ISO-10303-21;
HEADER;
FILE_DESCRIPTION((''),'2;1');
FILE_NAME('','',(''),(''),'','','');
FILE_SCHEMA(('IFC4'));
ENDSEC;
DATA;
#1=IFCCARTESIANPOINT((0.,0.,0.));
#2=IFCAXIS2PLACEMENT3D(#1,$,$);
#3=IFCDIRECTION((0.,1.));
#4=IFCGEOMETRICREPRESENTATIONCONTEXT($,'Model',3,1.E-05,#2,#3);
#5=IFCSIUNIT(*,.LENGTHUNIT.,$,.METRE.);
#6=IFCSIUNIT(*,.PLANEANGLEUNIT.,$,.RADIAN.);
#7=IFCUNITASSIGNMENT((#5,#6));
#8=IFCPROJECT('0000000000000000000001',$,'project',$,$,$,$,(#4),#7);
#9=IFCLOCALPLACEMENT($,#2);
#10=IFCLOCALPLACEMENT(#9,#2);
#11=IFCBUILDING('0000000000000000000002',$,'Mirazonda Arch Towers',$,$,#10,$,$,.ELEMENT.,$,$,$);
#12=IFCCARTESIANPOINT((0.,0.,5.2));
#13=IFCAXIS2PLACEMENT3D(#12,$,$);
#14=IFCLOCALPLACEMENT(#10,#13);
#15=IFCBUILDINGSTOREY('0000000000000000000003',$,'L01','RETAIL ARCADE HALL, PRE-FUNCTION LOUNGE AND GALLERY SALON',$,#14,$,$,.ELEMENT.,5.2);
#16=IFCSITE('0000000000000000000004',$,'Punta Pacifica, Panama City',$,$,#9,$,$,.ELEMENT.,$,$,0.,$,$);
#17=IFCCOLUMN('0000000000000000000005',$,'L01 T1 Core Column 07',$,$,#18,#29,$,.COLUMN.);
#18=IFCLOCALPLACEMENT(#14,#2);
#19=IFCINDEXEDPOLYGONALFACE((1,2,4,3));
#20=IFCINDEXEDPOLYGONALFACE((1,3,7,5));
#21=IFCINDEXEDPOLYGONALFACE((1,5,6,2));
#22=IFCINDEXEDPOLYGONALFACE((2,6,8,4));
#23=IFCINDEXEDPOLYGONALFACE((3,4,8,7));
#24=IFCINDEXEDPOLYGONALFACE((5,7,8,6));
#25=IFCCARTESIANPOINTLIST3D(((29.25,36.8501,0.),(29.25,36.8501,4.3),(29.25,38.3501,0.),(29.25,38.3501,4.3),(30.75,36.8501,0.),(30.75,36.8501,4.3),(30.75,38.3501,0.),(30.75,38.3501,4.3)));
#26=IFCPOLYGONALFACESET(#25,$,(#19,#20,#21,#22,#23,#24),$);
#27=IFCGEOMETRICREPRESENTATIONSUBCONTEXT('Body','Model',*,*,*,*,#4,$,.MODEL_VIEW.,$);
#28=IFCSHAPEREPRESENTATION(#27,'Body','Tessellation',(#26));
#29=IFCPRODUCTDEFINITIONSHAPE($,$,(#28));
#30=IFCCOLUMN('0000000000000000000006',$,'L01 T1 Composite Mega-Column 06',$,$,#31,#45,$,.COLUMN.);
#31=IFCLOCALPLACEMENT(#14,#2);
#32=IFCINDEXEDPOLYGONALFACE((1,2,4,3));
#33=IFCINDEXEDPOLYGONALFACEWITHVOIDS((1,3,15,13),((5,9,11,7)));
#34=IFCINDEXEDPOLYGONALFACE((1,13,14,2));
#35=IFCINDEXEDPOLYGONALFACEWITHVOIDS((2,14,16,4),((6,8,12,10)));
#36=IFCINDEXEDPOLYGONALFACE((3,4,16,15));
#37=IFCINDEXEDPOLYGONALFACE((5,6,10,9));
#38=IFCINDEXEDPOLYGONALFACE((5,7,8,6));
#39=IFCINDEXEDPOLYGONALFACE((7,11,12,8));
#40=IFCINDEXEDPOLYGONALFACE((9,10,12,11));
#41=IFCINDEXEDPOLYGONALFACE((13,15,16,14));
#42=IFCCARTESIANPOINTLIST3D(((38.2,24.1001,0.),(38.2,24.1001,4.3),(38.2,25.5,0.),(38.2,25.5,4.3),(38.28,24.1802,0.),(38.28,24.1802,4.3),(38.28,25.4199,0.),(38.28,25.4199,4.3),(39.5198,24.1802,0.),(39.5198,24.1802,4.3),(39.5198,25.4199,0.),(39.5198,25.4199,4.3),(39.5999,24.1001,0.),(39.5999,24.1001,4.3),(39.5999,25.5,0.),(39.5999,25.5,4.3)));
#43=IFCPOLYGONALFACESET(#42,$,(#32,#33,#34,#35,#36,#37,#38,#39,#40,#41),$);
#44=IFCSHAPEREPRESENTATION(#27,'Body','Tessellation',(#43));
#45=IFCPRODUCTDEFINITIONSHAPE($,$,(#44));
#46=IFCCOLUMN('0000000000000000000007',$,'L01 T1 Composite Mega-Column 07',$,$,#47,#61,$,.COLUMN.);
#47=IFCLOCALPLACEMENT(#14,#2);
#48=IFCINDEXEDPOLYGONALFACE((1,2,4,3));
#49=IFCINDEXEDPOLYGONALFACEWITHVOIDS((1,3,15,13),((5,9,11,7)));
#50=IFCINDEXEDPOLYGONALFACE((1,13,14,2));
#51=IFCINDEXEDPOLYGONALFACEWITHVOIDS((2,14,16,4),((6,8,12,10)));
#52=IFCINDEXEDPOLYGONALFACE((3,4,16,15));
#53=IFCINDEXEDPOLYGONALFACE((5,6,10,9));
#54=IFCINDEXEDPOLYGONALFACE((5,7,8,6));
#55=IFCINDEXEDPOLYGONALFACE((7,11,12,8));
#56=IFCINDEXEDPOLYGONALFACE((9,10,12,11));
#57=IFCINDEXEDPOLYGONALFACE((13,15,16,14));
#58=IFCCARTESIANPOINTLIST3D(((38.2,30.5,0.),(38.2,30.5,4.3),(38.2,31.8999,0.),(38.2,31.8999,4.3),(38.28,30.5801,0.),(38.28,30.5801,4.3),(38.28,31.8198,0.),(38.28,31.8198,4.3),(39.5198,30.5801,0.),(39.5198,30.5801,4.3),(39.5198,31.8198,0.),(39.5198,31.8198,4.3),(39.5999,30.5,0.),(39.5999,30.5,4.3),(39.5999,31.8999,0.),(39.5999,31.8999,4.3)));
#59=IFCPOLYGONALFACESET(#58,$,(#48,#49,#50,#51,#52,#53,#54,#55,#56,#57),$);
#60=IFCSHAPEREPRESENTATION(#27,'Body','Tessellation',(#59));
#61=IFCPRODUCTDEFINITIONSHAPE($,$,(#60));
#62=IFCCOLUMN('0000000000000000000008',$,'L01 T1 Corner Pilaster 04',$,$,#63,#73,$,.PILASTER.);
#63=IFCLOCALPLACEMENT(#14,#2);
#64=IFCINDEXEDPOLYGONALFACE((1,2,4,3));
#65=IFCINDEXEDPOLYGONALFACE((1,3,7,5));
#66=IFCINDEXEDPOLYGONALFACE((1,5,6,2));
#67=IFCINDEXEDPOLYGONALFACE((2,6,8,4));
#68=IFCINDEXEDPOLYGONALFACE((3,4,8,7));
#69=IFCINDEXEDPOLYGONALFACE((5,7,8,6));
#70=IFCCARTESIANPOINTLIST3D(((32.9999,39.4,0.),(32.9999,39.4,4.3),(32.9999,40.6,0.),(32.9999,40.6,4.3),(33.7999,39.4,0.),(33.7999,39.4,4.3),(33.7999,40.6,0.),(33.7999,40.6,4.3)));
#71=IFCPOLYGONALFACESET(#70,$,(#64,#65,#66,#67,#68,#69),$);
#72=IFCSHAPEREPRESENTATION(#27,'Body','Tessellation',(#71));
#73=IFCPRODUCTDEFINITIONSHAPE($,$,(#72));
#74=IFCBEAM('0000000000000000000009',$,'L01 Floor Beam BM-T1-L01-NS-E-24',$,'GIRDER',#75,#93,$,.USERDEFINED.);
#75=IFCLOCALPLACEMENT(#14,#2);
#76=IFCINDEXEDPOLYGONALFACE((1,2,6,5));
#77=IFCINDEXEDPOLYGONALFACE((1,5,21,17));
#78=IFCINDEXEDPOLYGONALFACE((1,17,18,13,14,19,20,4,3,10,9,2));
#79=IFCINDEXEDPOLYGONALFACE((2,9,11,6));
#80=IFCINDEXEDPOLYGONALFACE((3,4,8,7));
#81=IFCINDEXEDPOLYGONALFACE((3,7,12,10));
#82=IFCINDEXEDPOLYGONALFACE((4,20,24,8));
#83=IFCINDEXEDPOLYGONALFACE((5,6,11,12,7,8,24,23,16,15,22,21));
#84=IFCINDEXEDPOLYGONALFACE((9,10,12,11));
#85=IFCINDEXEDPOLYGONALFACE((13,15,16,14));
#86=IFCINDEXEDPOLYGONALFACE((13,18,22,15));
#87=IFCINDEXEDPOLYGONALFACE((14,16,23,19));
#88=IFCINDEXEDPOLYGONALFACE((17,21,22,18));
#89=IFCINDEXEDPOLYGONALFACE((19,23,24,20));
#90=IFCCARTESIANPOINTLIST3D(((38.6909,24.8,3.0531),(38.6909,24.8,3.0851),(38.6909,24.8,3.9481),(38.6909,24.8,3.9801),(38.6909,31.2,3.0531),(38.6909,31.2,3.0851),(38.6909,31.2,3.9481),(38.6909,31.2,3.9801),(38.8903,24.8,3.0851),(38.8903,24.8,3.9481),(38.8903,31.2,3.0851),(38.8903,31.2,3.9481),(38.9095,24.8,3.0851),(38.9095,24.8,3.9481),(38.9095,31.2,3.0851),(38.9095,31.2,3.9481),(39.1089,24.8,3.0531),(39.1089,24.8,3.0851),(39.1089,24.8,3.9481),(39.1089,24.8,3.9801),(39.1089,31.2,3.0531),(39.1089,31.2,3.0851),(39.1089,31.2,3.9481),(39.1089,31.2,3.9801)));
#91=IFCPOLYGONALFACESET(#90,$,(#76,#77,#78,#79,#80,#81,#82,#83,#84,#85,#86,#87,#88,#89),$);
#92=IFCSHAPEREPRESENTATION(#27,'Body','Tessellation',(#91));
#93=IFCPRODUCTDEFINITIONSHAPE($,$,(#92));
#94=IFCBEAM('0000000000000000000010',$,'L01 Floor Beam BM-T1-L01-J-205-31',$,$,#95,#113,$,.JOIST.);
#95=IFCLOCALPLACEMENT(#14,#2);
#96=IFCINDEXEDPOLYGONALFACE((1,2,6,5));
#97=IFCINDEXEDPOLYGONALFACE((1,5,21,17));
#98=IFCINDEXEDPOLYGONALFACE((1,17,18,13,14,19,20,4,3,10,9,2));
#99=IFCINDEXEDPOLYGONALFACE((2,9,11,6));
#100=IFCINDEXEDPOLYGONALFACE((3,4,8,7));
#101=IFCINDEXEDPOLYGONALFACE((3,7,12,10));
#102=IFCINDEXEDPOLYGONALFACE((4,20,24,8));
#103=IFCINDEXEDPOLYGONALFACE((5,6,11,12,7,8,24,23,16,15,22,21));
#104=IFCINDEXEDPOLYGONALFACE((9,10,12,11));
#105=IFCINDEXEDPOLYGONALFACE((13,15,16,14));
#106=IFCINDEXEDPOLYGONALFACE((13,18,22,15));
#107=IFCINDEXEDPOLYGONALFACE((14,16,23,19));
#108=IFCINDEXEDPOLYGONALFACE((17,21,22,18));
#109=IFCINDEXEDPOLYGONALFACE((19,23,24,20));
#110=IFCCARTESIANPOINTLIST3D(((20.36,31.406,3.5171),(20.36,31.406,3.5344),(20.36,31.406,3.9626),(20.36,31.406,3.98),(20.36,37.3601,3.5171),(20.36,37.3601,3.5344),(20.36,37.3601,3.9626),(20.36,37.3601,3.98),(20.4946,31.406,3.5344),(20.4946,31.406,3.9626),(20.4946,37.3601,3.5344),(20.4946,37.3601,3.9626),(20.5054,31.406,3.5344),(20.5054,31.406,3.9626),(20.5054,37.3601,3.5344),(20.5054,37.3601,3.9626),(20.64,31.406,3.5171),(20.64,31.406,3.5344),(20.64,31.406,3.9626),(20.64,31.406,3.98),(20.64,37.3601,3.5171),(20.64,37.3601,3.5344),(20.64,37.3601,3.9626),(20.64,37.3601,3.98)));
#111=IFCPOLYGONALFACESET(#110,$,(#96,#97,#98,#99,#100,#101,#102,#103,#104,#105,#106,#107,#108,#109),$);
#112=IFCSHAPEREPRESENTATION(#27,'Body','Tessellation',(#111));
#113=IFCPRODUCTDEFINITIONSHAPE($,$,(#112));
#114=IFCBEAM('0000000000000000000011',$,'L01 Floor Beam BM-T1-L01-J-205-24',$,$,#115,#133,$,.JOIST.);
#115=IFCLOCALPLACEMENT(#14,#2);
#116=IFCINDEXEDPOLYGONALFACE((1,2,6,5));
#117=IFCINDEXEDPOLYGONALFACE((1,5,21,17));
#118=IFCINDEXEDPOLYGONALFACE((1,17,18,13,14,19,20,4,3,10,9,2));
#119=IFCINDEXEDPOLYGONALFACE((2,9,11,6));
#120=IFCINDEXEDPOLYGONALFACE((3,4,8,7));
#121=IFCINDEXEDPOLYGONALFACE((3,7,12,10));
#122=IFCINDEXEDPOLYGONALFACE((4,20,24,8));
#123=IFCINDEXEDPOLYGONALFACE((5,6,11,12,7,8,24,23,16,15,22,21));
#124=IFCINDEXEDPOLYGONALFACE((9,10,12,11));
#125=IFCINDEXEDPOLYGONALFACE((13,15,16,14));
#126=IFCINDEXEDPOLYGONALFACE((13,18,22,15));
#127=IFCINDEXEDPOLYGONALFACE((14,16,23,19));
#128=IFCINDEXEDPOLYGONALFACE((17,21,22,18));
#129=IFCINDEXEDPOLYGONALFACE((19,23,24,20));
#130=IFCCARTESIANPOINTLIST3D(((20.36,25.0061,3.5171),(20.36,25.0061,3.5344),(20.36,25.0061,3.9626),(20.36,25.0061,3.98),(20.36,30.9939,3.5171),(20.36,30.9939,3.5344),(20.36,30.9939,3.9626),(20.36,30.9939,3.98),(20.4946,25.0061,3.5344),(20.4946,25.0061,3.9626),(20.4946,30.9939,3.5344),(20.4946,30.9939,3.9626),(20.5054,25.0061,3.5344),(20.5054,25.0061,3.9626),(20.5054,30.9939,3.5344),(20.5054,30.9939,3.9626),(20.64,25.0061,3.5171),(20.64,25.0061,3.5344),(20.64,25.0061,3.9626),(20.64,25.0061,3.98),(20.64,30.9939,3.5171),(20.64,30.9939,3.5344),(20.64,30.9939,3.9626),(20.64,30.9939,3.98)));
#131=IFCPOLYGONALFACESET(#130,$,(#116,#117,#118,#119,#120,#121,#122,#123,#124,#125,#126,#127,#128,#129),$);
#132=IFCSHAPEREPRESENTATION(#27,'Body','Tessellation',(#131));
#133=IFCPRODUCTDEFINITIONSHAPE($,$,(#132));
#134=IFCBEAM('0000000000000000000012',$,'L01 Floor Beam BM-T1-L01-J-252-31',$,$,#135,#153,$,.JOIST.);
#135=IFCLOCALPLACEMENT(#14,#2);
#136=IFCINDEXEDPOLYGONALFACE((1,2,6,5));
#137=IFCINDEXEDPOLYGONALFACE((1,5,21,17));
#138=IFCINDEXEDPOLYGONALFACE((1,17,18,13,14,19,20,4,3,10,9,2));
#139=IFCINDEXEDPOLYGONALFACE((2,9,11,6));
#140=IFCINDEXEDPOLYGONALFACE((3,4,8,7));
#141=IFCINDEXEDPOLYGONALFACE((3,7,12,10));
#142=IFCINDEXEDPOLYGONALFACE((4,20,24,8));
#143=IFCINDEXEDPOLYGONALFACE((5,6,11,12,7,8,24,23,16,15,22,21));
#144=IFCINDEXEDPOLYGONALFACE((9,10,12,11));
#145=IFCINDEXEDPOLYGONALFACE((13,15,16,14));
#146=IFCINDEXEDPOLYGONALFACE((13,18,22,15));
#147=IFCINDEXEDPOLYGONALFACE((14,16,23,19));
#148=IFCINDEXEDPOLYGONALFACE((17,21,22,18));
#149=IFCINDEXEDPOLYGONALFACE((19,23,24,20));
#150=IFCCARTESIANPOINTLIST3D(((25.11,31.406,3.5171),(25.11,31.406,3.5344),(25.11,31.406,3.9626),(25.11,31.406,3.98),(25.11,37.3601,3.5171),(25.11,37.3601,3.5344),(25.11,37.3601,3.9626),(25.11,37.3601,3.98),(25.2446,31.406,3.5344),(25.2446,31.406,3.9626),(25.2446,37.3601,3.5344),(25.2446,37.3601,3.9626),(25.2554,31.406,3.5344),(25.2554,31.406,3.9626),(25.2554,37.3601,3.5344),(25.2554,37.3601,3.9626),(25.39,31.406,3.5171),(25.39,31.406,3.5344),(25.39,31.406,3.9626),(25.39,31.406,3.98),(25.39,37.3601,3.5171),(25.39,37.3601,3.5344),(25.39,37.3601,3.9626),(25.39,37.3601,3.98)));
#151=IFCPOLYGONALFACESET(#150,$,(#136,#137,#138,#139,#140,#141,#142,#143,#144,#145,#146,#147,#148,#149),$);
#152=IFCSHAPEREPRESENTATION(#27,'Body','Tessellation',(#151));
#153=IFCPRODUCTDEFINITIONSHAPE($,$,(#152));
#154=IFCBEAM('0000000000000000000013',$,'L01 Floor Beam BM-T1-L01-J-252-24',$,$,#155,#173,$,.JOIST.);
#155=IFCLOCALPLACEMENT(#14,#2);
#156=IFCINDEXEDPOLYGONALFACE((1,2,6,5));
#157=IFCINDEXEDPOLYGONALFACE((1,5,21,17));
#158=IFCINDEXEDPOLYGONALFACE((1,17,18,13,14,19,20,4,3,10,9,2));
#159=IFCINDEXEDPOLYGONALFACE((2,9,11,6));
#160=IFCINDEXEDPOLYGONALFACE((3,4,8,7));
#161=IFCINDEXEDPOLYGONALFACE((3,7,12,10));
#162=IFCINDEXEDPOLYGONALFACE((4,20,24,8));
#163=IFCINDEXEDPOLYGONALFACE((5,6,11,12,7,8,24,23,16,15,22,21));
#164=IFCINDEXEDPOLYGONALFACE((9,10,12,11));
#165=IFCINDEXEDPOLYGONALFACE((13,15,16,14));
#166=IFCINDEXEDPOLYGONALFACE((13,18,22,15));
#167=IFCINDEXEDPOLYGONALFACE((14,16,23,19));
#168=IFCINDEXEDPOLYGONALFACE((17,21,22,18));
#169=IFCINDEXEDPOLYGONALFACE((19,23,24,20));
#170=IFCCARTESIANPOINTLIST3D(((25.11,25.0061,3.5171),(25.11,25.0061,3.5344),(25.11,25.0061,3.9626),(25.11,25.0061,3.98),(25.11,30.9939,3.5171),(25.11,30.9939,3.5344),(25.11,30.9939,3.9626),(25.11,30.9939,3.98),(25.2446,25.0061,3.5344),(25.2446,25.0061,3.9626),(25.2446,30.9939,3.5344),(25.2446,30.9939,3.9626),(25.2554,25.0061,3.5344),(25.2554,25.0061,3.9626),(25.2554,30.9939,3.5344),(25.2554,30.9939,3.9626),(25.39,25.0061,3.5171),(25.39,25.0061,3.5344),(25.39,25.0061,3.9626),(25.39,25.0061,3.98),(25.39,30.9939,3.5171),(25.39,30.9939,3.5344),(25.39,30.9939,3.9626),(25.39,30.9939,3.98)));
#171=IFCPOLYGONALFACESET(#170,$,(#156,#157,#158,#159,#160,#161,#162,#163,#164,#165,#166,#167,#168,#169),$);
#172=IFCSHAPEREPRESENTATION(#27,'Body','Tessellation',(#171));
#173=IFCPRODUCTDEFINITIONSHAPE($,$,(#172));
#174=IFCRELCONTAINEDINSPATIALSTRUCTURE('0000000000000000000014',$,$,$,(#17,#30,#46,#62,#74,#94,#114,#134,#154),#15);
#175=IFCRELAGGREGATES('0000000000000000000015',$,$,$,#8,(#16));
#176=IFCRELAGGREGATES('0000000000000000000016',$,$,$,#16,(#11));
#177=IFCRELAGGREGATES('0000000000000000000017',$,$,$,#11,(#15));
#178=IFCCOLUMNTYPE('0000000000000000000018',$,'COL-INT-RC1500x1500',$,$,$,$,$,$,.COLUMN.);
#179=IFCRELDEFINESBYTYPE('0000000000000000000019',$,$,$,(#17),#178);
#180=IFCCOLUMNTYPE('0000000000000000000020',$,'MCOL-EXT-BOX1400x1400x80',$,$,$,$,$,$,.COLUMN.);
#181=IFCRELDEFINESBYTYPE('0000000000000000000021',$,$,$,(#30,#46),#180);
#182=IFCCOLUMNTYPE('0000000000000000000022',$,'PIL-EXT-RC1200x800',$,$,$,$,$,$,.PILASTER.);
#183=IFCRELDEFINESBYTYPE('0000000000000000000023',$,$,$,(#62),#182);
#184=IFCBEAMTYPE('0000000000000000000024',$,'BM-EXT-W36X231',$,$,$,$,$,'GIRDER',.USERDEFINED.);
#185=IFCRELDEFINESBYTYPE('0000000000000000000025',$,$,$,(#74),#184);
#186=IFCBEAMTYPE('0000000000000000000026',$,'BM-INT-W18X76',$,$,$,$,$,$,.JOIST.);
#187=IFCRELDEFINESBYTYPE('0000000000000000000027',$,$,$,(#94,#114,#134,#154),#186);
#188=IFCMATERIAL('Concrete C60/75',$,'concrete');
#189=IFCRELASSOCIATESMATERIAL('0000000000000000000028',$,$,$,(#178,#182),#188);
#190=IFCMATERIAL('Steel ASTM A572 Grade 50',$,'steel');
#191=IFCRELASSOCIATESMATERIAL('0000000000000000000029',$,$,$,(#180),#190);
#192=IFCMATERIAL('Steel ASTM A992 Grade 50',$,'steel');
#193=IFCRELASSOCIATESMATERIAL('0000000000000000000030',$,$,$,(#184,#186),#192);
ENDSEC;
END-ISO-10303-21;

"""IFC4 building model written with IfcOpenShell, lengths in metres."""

from ifc_helpers import new_model, si_unit, direction, frame, origin, origin_2d, place, context, subcontext, project, spatial, rectangle, hollow_rectangle, i_section, extrude, material, material_profile, profile_set, type_object, element, save


model = new_model("IFC4")

# Units and contexts
model_context = context("Model", 3, precision=1e-05, world=origin(), true_north=direction((0.0, 1.0)))
body_context = subcontext(model_context, "Body", "Model", "MODEL_VIEW")
ifc_project = project(units=[si_unit("LENGTHUNIT", "METRE"), si_unit("PLANEANGLEUNIT", "RADIAN")], contexts=[model_context])

# Site, building, storey
site_placement = place(None, origin())
site = spatial("IfcSite", under=ifc_project, at=site_placement, Name="Punta Pacifica, Panama City", CompositionType="ELEMENT", RefElevation=0.0)
building_placement = place(site_placement, origin())
building = spatial("IfcBuilding", under=site, at=building_placement, Name="Mirazonda Arch Towers", CompositionType="ELEMENT")
storey_placement = place(building_placement, frame((0.0, 0.0, 5.2)))
storey = spatial("IfcBuildingStorey", under=building, at=storey_placement, Name="L01", Description="RETAIL ARCADE HALL, PRE-FUNCTION LOUNGE AND GALLERY SALON", CompositionType="ELEMENT", Elevation=5.2)

# Columns
ifc_material_1 = material(Name="Concrete C60/75", Category="concrete")
ifc_material_profile_1 = material_profile(ifc_material_1, rectangle(XDim=1.5, YDim=1.5, at=origin_2d()), Name="RC1500x1500")
ifc_profile_set_1 = profile_set([ifc_material_profile_1], Name="Concrete C60/75")
column_type_1 = type_object("IfcColumnType", Name="COL-INT-RC1500x1500", PredefinedType="COLUMN", material=ifc_profile_set_1)
column_1_placement = place(storey_placement, frame((30.0, 37.6001, 0.0), z_axis=(0.0, 0.0, 1.0), x_axis=(1.0, 0.0, 0.0)))
element("IfcColumn", 1, at=column_1_placement, inside=storey, type_object=column_type_1, Name="L01 T1 Core Column 07", PredefinedType="COLUMN", context=body_context, shape_type="SweptSolid", body=[
    extrude(rectangle(XDim=1.5, YDim=1.5, at=origin_2d()), origin(), (0.0, 0.0, 1.0), 4.3),
])
ifc_material_2 = material(Name="Steel ASTM A572 Grade 50", Category="steel")
ifc_material_profile_2 = material_profile(ifc_material_2, hollow_rectangle(XDim=1.3999, YDim=1.3999, WallThickness=0.0801, at=origin_2d()), Name="BOX1400x1400x80")
ifc_profile_set_2 = profile_set([ifc_material_profile_2], Name="Steel ASTM A572 Grade 50")
column_type_2 = type_object("IfcColumnType", Name="MCOL-EXT-BOX1400x1400x80", PredefinedType="COLUMN", material=ifc_profile_set_2)
for number, where, z_axis, x_axis, name in (
    (2, (38.8999, 24.8, 0.0), (0.0, 0.0, 1.0), (1.0, 0.0, 0.0), "L01 T1 Composite Mega-Column 06"),
    (3, (38.8999, 31.2, 0.0), (0.0, 0.0, 1.0), (1.0, 0.0, 0.0), "L01 T1 Composite Mega-Column 07"),
):
    element("IfcColumn", number, at=place(storey_placement, frame(where, z_axis=z_axis, x_axis=x_axis)), inside=storey, type_object=column_type_2, Name=name, PredefinedType="COLUMN", context=body_context, shape_type="SweptSolid", body=[
        extrude(hollow_rectangle(XDim=1.3999, YDim=1.3999, WallThickness=0.0801, at=origin_2d()), origin(), (0.0, 0.0, 1.0), 4.3),
    ])
ifc_material_profile_3 = material_profile(ifc_material_1, rectangle(XDim=0.8, YDim=1.2, at=origin_2d()), Name="RC1200x800")
ifc_profile_set_3 = profile_set([ifc_material_profile_3], Name="Concrete C60/75")
column_type_3 = type_object("IfcColumnType", Name="PIL-EXT-RC1200x800", PredefinedType="PILASTER", material=ifc_profile_set_3)
column_2_placement = place(storey_placement, frame((33.3999, 40.0, 0.0), z_axis=(0.0, 0.0, 1.0), x_axis=(1.0, 0.0, 0.0)))
element("IfcColumn", 4, at=column_2_placement, inside=storey, type_object=column_type_3, Name="L01 T1 Corner Pilaster 04", PredefinedType="PILASTER", context=body_context, shape_type="SweptSolid", body=[
    extrude(rectangle(XDim=0.8, YDim=1.2, at=origin_2d()), origin(), (0.0, 0.0, 1.0), 4.3),
])

# Beams
ifc_material_3 = material(Name="Steel ASTM A992 Grade 50", Category="steel")
ifc_material_profile_4 = material_profile(ifc_material_3, i_section(OverallWidth=0.418, OverallDepth=0.927, WebThickness=0.0193, FlangeThickness=0.032, at=origin_2d()), Name="W36X231")
ifc_profile_set_4 = profile_set([ifc_material_profile_4], Name="Steel ASTM A992 Grade 50")
beam_type_1 = type_object("IfcBeamType", Name="BM-EXT-W36X231", ElementType="GIRDER", PredefinedType="USERDEFINED", material=ifc_profile_set_4)
beam_1_placement = place(storey_placement, frame((38.8999, 24.8, 3.5166), z_axis=(0.0, 1.0, 0.0), x_axis=(-1.0, 0.0, 0.0)))
element("IfcBeam", 5, at=beam_1_placement, inside=storey, type_object=beam_type_1, Name="L01 Floor Beam BM-T1-L01-NS-E-24", ObjectType="GIRDER", PredefinedType="USERDEFINED", context=body_context, shape_type="SweptSolid", body=[
    extrude(i_section(OverallWidth=0.418, OverallDepth=0.927, WebThickness=0.0193, FlangeThickness=0.032, at=origin_2d()), origin(), (0.0, 0.0, 1.0), 6.3999),
])
ifc_material_profile_5 = material_profile(ifc_material_3, i_section(OverallWidth=0.28, OverallDepth=0.4629, WebThickness=0.0107, FlangeThickness=0.0173, at=origin_2d()), Name="W18X76")
ifc_profile_set_5 = profile_set([ifc_material_profile_5], Name="Steel ASTM A992 Grade 50")
beam_type_2 = type_object("IfcBeamType", Name="BM-INT-W18X76", PredefinedType="JOIST", material=ifc_profile_set_5)
beam_2_placement = place(storey_placement, frame((20.5, 31.406, 3.7485), z_axis=(0.0, 1.0, 0.0), x_axis=(-1.0, 0.0, 0.0)))
element("IfcBeam", 6, at=beam_2_placement, inside=storey, type_object=beam_type_2, Name="L01 Floor Beam BM-T1-L01-J-205-31", PredefinedType="JOIST", context=body_context, shape_type="SweptSolid", body=[
    extrude(i_section(OverallWidth=0.28, OverallDepth=0.4629, WebThickness=0.0107, FlangeThickness=0.0173, at=origin_2d()), origin(), (0.0, 0.0, 1.0), 5.9541),
])
beam_3_placement = place(storey_placement, frame((20.5, 25.0061, 3.7485), z_axis=(0.0, 1.0, 0.0), x_axis=(-1.0, 0.0, 0.0)))
element("IfcBeam", 7, at=beam_3_placement, inside=storey, type_object=beam_type_2, Name="L01 Floor Beam BM-T1-L01-J-205-24", PredefinedType="JOIST", context=body_context, shape_type="SweptSolid", body=[
    extrude(i_section(OverallWidth=0.28, OverallDepth=0.4629, WebThickness=0.0107, FlangeThickness=0.0173, at=origin_2d()), origin(), (0.0, 0.0, 1.0), 5.9878),
])
beam_4_placement = place(storey_placement, frame((25.25, 31.406, 3.7485), z_axis=(0.0, 1.0, 0.0), x_axis=(-1.0, 0.0, 0.0)))
element("IfcBeam", 8, at=beam_4_placement, inside=storey, type_object=beam_type_2, Name="L01 Floor Beam BM-T1-L01-J-252-31", PredefinedType="JOIST", context=body_context, shape_type="SweptSolid", body=[
    extrude(i_section(OverallWidth=0.28, OverallDepth=0.4629, WebThickness=0.0107, FlangeThickness=0.0173, at=origin_2d()), origin(), (0.0, 0.0, 1.0), 5.9541),
])
beam_5_placement = place(storey_placement, frame((25.25, 25.0061, 3.7485), z_axis=(0.0, 1.0, 0.0), x_axis=(-1.0, 0.0, 0.0)))
element("IfcBeam", 9, at=beam_5_placement, inside=storey, type_object=beam_type_2, Name="L01 Floor Beam BM-T1-L01-J-252-24", PredefinedType="JOIST", context=body_context, shape_type="SweptSolid", body=[
    extrude(i_section(OverallWidth=0.28, OverallDepth=0.4629, WebThickness=0.0107, FlangeThickness=0.0173, at=origin_2d()), origin(), (0.0, 0.0, 1.0), 5.9878),
])

save(model, "model.ifc")
